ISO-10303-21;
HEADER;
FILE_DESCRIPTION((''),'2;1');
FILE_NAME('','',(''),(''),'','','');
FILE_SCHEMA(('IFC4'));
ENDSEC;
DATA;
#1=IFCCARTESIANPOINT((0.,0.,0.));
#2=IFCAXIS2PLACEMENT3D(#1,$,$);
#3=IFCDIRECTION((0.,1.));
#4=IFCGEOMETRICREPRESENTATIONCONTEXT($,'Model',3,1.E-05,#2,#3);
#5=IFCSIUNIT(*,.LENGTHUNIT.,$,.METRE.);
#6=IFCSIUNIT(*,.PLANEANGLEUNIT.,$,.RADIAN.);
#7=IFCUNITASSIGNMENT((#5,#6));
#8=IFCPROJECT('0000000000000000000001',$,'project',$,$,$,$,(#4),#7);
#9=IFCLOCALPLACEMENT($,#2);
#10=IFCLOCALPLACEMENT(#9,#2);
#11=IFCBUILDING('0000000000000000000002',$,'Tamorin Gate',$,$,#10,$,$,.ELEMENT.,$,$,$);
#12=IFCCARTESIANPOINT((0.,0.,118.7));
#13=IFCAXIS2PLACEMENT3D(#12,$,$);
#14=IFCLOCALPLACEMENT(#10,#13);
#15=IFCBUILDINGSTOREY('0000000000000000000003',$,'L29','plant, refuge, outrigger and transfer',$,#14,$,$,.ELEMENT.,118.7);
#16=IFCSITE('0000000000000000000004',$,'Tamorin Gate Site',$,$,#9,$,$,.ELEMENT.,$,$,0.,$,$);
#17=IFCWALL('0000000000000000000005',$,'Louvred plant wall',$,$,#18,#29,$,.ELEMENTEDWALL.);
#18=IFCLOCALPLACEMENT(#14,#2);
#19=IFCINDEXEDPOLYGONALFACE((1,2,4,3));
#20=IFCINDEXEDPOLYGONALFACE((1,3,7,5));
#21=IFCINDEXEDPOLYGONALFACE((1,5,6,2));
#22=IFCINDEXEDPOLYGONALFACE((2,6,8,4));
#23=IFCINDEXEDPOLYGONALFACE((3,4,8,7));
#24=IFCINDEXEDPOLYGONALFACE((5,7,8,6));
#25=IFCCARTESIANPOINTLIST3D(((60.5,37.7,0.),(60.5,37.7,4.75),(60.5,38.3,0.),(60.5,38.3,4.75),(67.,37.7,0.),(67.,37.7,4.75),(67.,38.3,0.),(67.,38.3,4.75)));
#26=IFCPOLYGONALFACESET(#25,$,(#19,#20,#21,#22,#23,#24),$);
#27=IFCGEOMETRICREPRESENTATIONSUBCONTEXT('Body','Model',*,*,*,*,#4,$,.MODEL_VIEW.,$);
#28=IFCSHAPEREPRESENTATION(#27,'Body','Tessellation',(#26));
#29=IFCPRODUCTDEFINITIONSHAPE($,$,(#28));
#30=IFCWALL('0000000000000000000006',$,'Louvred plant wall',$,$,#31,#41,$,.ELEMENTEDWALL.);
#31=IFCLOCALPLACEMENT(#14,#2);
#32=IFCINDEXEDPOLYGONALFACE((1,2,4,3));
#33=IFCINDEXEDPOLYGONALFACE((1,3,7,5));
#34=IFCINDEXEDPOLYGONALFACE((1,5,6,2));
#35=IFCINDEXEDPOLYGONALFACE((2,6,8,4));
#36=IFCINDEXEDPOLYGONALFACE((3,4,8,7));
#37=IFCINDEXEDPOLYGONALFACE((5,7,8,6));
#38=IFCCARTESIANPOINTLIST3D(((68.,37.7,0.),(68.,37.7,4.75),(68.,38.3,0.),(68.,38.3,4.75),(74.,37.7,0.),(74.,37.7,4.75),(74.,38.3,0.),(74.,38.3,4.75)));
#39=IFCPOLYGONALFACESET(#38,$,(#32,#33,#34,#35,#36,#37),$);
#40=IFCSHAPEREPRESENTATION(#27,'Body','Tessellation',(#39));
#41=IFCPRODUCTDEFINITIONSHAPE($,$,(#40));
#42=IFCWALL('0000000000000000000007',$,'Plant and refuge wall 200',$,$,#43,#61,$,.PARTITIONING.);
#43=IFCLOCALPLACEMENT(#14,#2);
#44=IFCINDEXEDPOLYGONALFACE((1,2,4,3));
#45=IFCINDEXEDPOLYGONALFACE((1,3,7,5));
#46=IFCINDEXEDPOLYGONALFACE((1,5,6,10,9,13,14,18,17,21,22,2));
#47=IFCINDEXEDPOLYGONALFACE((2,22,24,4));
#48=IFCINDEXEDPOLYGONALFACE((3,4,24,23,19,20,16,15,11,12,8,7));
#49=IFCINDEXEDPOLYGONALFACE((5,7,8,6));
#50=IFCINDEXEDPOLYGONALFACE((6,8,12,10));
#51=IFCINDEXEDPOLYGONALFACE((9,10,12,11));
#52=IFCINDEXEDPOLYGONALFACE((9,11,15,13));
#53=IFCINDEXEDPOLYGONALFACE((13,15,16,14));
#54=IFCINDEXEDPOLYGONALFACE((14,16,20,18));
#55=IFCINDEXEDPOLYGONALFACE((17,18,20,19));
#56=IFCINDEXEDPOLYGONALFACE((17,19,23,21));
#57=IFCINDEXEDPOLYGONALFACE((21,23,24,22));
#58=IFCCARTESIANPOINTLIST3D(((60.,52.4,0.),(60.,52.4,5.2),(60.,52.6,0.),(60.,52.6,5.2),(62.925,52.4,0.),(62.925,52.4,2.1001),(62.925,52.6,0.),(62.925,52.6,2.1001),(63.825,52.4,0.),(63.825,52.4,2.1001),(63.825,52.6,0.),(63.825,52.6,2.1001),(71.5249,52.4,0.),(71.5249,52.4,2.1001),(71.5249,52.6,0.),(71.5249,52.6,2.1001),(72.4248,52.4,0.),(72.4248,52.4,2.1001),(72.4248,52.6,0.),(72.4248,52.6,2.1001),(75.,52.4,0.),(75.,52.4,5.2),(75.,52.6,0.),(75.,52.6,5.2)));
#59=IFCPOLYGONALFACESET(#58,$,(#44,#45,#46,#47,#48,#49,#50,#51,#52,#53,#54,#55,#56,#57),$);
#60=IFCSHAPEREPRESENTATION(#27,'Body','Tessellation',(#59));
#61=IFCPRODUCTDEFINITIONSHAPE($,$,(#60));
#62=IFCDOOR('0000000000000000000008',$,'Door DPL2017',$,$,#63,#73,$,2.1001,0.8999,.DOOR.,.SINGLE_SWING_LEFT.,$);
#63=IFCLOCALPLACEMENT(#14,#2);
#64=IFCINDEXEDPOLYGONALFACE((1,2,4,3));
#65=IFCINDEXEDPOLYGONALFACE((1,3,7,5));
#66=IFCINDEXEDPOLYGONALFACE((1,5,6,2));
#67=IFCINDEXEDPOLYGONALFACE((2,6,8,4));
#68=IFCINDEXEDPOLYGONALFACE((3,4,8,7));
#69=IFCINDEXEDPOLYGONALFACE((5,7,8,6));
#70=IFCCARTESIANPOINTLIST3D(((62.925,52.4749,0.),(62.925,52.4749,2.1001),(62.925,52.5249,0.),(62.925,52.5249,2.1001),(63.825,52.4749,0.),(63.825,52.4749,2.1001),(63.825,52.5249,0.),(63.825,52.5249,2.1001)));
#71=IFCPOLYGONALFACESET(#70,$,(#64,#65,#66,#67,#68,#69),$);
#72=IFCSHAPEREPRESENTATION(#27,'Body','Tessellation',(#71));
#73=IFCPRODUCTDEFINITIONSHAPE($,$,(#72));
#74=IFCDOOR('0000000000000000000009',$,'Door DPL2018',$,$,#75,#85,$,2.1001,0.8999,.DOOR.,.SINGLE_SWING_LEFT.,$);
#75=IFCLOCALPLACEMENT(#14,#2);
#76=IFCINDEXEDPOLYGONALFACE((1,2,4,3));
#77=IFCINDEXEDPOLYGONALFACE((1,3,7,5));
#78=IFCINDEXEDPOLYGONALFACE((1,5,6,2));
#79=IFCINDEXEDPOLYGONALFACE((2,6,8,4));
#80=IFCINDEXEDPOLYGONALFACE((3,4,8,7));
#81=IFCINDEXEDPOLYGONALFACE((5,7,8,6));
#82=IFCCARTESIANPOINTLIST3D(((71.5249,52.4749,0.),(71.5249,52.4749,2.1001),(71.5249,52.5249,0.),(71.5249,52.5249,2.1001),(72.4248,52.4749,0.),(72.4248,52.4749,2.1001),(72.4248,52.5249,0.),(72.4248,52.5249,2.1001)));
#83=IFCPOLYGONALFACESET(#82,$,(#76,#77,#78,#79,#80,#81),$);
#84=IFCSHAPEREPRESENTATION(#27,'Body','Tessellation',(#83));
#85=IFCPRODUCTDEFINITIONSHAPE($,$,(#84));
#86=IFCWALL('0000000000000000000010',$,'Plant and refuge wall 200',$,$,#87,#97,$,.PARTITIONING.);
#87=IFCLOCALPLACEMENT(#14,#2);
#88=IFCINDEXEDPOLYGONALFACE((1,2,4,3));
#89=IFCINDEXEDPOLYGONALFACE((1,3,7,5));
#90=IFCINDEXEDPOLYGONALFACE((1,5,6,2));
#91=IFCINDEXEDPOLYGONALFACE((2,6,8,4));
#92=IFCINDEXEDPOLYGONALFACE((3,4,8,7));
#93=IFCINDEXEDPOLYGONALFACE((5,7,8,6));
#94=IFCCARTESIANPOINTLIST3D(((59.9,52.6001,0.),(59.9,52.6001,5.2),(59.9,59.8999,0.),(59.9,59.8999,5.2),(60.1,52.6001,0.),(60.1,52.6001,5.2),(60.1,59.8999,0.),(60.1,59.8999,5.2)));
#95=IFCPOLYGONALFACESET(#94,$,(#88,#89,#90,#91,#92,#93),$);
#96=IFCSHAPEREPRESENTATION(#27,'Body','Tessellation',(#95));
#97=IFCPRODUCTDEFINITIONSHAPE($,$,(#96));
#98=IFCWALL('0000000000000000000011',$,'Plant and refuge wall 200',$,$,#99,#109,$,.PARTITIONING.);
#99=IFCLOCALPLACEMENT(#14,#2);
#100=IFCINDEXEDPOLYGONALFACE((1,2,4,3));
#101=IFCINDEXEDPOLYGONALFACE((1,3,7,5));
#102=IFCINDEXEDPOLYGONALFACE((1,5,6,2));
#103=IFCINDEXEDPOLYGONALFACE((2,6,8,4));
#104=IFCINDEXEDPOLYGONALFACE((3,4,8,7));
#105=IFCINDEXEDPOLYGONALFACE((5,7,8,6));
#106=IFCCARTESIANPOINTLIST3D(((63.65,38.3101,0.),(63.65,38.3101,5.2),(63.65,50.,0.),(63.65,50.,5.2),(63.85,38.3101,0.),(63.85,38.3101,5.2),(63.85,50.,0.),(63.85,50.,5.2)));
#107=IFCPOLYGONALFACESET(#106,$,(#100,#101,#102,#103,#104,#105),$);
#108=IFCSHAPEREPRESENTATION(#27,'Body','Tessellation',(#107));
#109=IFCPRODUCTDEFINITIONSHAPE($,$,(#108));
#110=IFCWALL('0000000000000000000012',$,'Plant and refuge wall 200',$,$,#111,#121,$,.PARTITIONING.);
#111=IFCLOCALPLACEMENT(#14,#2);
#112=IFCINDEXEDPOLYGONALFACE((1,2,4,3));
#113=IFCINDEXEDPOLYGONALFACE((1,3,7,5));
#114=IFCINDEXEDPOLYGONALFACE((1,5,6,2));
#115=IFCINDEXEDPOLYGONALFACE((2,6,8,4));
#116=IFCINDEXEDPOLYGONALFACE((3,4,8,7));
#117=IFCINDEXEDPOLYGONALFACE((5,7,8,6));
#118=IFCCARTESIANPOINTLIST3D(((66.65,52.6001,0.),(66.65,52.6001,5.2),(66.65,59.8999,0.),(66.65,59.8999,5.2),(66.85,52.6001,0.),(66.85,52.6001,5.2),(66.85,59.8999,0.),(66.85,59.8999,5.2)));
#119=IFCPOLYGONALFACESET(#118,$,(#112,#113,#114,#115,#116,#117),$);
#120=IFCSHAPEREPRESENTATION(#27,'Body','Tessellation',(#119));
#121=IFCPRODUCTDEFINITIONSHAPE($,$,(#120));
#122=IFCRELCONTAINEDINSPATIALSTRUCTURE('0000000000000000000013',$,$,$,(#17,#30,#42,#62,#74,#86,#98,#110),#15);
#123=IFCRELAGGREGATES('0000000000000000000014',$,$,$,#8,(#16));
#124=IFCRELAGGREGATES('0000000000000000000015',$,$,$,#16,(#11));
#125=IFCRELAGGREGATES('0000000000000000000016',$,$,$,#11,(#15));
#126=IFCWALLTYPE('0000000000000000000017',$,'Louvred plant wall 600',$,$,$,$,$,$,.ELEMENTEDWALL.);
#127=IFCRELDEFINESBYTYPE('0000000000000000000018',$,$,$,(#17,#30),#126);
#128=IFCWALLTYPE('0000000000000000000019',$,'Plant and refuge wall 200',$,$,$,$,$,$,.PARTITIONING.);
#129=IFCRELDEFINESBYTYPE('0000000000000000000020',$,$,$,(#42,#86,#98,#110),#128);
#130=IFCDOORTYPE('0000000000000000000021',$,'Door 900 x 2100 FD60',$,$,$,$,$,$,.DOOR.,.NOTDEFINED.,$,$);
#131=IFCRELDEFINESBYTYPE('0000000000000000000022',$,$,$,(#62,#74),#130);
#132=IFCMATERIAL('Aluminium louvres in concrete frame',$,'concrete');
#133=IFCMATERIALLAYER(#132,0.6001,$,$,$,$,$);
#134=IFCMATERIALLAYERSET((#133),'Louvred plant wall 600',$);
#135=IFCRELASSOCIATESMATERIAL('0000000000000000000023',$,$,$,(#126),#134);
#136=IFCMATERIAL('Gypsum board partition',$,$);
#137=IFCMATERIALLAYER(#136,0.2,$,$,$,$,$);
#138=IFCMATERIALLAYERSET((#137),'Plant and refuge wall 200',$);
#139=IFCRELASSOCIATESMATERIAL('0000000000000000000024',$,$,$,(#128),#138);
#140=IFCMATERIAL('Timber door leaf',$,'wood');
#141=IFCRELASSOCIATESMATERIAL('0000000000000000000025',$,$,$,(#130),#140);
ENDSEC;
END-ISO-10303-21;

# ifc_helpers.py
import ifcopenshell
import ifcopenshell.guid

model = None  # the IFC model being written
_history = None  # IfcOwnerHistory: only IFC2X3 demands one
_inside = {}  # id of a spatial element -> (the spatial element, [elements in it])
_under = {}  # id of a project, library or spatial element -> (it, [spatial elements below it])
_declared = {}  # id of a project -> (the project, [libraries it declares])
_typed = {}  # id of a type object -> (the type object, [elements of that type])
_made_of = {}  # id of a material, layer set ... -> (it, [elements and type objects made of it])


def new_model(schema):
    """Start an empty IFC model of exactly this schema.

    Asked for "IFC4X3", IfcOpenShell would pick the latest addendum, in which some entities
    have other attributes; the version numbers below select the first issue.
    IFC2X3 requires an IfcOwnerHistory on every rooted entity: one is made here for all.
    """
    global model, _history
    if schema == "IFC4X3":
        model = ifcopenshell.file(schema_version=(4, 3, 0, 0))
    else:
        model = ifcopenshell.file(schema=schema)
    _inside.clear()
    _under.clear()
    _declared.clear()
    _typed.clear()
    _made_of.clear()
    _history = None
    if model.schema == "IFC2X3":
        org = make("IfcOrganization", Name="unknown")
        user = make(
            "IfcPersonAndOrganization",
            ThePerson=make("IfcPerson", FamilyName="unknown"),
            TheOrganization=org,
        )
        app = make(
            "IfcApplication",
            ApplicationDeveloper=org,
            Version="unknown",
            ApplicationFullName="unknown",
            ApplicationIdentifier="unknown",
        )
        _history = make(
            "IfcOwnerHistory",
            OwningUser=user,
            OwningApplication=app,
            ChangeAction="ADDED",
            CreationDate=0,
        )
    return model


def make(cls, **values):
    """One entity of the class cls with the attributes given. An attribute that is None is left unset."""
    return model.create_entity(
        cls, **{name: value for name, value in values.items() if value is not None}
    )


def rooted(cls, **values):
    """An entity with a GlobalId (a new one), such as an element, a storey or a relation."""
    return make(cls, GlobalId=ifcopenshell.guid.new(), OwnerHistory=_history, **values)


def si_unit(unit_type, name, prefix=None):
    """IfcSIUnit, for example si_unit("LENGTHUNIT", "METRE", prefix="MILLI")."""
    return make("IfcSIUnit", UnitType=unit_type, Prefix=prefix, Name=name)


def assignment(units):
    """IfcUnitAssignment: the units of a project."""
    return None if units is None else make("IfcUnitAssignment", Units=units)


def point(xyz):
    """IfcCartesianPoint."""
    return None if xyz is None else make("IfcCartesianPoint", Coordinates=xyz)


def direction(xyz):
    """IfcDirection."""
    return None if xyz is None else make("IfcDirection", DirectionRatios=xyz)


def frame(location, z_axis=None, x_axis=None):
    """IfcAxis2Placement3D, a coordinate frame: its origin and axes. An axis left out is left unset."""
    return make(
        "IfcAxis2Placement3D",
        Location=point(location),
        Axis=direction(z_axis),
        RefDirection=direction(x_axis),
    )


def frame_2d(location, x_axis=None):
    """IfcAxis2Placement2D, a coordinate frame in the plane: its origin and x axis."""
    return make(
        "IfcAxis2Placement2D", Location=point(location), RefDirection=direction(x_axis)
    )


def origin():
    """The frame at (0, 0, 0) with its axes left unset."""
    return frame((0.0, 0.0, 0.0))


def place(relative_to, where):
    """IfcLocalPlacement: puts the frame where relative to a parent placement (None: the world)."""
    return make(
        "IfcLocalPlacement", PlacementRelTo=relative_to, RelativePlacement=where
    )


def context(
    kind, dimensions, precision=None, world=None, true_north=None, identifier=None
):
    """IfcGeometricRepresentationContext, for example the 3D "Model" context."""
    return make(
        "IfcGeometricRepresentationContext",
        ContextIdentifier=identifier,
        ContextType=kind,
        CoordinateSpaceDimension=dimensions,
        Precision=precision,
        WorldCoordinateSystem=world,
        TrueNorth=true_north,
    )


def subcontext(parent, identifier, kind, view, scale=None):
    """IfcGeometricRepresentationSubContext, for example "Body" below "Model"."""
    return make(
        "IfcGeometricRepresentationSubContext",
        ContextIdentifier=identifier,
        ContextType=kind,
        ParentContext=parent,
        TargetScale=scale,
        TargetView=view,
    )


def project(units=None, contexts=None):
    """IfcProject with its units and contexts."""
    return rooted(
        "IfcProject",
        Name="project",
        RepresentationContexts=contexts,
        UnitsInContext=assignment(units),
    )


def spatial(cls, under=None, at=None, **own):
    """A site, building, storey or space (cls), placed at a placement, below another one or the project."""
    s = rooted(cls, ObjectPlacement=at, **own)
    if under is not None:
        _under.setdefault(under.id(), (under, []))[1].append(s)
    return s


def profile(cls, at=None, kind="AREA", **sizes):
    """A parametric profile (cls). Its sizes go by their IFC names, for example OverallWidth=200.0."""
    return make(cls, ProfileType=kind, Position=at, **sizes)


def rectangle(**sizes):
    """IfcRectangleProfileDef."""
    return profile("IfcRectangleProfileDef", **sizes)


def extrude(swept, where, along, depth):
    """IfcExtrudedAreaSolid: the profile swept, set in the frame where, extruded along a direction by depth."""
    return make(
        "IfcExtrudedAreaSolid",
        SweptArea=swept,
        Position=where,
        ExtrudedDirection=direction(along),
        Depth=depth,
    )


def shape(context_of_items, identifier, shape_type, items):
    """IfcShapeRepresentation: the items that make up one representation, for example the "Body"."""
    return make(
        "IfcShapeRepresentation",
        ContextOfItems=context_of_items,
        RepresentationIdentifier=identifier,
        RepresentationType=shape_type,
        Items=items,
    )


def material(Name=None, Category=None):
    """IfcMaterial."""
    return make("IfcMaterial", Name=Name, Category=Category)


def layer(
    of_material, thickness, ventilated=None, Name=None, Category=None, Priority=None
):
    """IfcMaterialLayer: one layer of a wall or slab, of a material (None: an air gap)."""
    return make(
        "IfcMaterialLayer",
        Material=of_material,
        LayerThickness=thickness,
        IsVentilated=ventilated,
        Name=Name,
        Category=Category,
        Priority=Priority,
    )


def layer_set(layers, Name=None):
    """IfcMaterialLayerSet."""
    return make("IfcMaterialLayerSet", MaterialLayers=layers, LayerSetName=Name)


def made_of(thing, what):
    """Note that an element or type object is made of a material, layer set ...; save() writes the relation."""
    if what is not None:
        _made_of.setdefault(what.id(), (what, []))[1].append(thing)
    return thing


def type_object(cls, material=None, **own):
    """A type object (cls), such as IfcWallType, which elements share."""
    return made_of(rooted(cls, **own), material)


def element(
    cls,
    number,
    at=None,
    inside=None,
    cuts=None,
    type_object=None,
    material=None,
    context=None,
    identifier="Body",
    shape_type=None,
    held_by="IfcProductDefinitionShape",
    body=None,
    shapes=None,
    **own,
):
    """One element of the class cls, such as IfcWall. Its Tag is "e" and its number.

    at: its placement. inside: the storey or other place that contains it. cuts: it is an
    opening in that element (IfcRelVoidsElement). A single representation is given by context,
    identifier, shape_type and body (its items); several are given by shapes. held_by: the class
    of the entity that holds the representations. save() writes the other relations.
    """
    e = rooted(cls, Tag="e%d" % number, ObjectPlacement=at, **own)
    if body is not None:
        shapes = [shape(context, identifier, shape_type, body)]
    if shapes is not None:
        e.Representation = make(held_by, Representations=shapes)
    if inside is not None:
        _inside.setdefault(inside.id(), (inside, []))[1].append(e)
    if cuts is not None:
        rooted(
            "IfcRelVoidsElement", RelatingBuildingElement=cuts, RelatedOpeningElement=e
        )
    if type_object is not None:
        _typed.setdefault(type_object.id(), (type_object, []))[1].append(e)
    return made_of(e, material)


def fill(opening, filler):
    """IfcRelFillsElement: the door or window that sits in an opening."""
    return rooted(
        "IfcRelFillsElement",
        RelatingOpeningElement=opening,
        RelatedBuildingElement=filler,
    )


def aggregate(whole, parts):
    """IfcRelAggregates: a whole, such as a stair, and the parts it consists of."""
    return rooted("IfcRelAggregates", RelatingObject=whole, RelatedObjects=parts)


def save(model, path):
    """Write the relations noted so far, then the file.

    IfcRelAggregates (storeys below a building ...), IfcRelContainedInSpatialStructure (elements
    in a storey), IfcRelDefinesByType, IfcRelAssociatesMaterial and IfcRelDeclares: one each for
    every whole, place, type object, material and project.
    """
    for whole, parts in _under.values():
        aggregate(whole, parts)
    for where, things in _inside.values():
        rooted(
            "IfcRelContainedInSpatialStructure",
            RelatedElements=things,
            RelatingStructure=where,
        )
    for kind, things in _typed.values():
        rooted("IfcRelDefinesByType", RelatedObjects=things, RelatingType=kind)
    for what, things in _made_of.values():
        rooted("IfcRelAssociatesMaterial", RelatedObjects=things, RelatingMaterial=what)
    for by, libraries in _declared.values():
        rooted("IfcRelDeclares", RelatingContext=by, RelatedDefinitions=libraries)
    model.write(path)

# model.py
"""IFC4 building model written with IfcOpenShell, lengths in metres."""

from ifc_helpers import new_model, si_unit, direction, frame, frame_2d, origin, place, context, subcontext, project, spatial, rectangle, extrude, material, layer, layer_set, type_object, element, fill, save


model = new_model("IFC4")

# Units and contexts
model_context = context("Model", 3, precision=1e-05, world=origin(), true_north=direction((0.0, 1.0)))
body_context = subcontext(model_context, "Body", "Model", "MODEL_VIEW")
ifc_project = project(units=[si_unit("LENGTHUNIT", "METRE"), si_unit("PLANEANGLEUNIT", "RADIAN")], contexts=[model_context])

# Site, building, storey
site_placement = place(None, origin())
site = spatial("IfcSite", under=ifc_project, at=site_placement, Name="Tamorin Gate Site", CompositionType="ELEMENT", RefElevation=0.0)
building_placement = place(site_placement, origin())
building = spatial("IfcBuilding", under=site, at=building_placement, Name="Tamorin Gate", CompositionType="ELEMENT")
storey_placement = place(building_placement, frame((0.0, 0.0, 118.7)))
storey = spatial("IfcBuildingStorey", under=building, at=storey_placement, Name="L29", Description="plant, refuge, outrigger and transfer", CompositionType="ELEMENT", Elevation=118.7)

# Walls
ifc_material_1 = material(Name="Aluminium louvres in concrete frame", Category="concrete")
ifc_layer_1 = layer(ifc_material_1, 0.6001)
ifc_layer_set_1 = layer_set([ifc_layer_1], Name="Louvred plant wall 600")
wall_type_1 = type_object("IfcWallType", Name="Louvred plant wall 600", PredefinedType="ELEMENTEDWALL", material=ifc_layer_set_1)
wall_1_placement = place(storey_placement, frame((60.5, 38.0, 0.0), z_axis=(0.0, 0.0, 1.0), x_axis=(1.0, 0.0, 0.0)))
element("IfcWall", 1, at=wall_1_placement, inside=storey, type_object=wall_type_1, Name="Louvred plant wall", PredefinedType="ELEMENTEDWALL", context=body_context, shape_type="SweptSolid", body=[
    extrude(rectangle(XDim=6.5, YDim=0.6001, at=frame_2d((3.25, 0.0))), origin(), (0.0, 0.0, 1.0), 4.75),
])
wall_2_placement = place(storey_placement, frame((68.0, 38.0, 0.0), z_axis=(0.0, 0.0, 1.0), x_axis=(1.0, 0.0, 0.0)))
element("IfcWall", 2, at=wall_2_placement, inside=storey, type_object=wall_type_1, Name="Louvred plant wall", PredefinedType="ELEMENTEDWALL", context=body_context, shape_type="SweptSolid", body=[
    extrude(rectangle(XDim=6.0, YDim=0.6001, at=frame_2d((3.0, 0.0))), origin(), (0.0, 0.0, 1.0), 4.75),
])

# Wall, openings, doors
ifc_material_2 = material(Name="Gypsum board partition")
ifc_layer_2 = layer(ifc_material_2, 0.2)
ifc_layer_set_2 = layer_set([ifc_layer_2], Name="Plant and refuge wall 200")
wall_type_2 = type_object("IfcWallType", Name="Plant and refuge wall 200", PredefinedType="PARTITIONING", material=ifc_layer_set_2)
wall_3_placement = place(storey_placement, frame((60.0, 52.5, 0.0), z_axis=(0.0, 0.0, 1.0), x_axis=(1.0, 0.0, 0.0)))
wall_3 = element("IfcWall", 3, at=wall_3_placement, inside=storey, type_object=wall_type_2, Name="Plant and refuge wall 200", PredefinedType="PARTITIONING", context=body_context, shape_type="SweptSolid", body=[
    extrude(rectangle(XDim=15.0, YDim=0.2, at=frame_2d((7.5, 0.0))), origin(), (0.0, 0.0, 1.0), 5.2),
])
opening_1_placement = place(wall_3_placement, frame((2.925, 0.0, 0.0)))
opening_1 = element("IfcOpeningElement", 4, at=opening_1_placement, cuts=wall_3, PredefinedType="OPENING", context=body_context, shape_type="SweptSolid", body=[
    extrude(rectangle(XDim=0.8999, YDim=2.1001, at=frame_2d((0.45, 1.05))), frame((0.0, 0.1099, 0.0), z_axis=(0.0, -1.0, 0.0), x_axis=(1.0, 0.0, 0.0)), (0.0, 0.0, 1.0), 0.22),
])
opening_2_placement = place(wall_3_placement, frame((11.5249, 0.0, 0.0)))
opening_2 = element("IfcOpeningElement", 5, at=opening_2_placement, cuts=wall_3, PredefinedType="OPENING", context=body_context, shape_type="SweptSolid", body=[
    extrude(rectangle(XDim=0.8999, YDim=2.1001, at=frame_2d((0.45, 1.05))), frame((0.0, 0.1099, 0.0), z_axis=(0.0, -1.0, 0.0), x_axis=(1.0, 0.0, 0.0)), (0.0, 0.0, 1.0), 0.22),
])
ifc_material_3 = material(Name="Timber door leaf", Category="wood")
door_type = type_object("IfcDoorType", Name="Door 900 x 2100 FD60", OperationType="NOTDEFINED", PredefinedType="DOOR", material=ifc_material_3)
door_1_placement = place(opening_1_placement, origin())
door_1 = element("IfcDoor", 6, at=door_1_placement, inside=storey, type_object=door_type, Name="Door DPL2017", OperationType="SINGLE_SWING_LEFT", OverallHeight=2.1001, OverallWidth=0.8999, PredefinedType="DOOR", context=body_context, shape_type="SweptSolid", body=[
    extrude(rectangle(XDim=0.8999, YDim=2.1001, at=frame_2d((0.45, 1.05))), frame((0.0, 0.0249, 0.0), z_axis=(0.0, -1.0, 0.0), x_axis=(1.0, 0.0, 0.0)), (0.0, 0.0, 1.0), 0.05),
])
fill(opening_1, door_1)
door_2_placement = place(opening_2_placement, origin())
door_2 = element("IfcDoor", 7, at=door_2_placement, inside=storey, type_object=door_type, Name="Door DPL2018", OperationType="SINGLE_SWING_LEFT", OverallHeight=2.1001, OverallWidth=0.8999, PredefinedType="DOOR", context=body_context, shape_type="SweptSolid", body=[
    extrude(rectangle(XDim=0.8999, YDim=2.1001, at=frame_2d((0.45, 1.05))), frame((0.0, 0.0249, 0.0), z_axis=(0.0, -1.0, 0.0), x_axis=(1.0, 0.0, 0.0)), (0.0, 0.0, 1.0), 0.05),
])
fill(opening_2, door_2)

# Walls
wall_4_placement = place(storey_placement, frame((60.0, 52.6001, 0.0), z_axis=(0.0, 0.0, 1.0), x_axis=(0.0, 1.0, 0.0)))
element("IfcWall", 8, at=wall_4_placement, inside=storey, type_object=wall_type_2, Name="Plant and refuge wall 200", PredefinedType="PARTITIONING", context=body_context, shape_type="SweptSolid", body=[
    extrude(rectangle(XDim=7.2998, YDim=0.2, at=frame_2d((3.6499, 0.0))), origin(), (0.0, 0.0, 1.0), 5.2),
])
wall_5_placement = place(storey_placement, frame((63.75, 38.3101, 0.0), z_axis=(0.0, 0.0, 1.0), x_axis=(0.0, 1.0, 0.0)))
element("IfcWall", 9, at=wall_5_placement, inside=storey, type_object=wall_type_2, Name="Plant and refuge wall 200", PredefinedType="PARTITIONING", context=body_context, shape_type="SweptSolid", body=[
    extrude(rectangle(XDim=11.6899, YDim=0.2, at=frame_2d((5.845, 0.0))), origin(), (0.0, 0.0, 1.0), 5.2),
])
wall_6_placement = place(storey_placement, frame((66.75, 52.6001, 0.0), z_axis=(0.0, 0.0, 1.0), x_axis=(0.0, 1.0, 0.0)))
element("IfcWall", 10, at=wall_6_placement, inside=storey, type_object=wall_type_2, Name="Plant and refuge wall 200", PredefinedType="PARTITIONING", context=body_context, shape_type="SweptSolid", body=[
    extrude(rectangle(XDim=7.2998, YDim=0.2, at=frame_2d((3.6499, 0.0))), origin(), (0.0, 0.0, 1.0), 5.2),
])

save(model, "model.ifc")
